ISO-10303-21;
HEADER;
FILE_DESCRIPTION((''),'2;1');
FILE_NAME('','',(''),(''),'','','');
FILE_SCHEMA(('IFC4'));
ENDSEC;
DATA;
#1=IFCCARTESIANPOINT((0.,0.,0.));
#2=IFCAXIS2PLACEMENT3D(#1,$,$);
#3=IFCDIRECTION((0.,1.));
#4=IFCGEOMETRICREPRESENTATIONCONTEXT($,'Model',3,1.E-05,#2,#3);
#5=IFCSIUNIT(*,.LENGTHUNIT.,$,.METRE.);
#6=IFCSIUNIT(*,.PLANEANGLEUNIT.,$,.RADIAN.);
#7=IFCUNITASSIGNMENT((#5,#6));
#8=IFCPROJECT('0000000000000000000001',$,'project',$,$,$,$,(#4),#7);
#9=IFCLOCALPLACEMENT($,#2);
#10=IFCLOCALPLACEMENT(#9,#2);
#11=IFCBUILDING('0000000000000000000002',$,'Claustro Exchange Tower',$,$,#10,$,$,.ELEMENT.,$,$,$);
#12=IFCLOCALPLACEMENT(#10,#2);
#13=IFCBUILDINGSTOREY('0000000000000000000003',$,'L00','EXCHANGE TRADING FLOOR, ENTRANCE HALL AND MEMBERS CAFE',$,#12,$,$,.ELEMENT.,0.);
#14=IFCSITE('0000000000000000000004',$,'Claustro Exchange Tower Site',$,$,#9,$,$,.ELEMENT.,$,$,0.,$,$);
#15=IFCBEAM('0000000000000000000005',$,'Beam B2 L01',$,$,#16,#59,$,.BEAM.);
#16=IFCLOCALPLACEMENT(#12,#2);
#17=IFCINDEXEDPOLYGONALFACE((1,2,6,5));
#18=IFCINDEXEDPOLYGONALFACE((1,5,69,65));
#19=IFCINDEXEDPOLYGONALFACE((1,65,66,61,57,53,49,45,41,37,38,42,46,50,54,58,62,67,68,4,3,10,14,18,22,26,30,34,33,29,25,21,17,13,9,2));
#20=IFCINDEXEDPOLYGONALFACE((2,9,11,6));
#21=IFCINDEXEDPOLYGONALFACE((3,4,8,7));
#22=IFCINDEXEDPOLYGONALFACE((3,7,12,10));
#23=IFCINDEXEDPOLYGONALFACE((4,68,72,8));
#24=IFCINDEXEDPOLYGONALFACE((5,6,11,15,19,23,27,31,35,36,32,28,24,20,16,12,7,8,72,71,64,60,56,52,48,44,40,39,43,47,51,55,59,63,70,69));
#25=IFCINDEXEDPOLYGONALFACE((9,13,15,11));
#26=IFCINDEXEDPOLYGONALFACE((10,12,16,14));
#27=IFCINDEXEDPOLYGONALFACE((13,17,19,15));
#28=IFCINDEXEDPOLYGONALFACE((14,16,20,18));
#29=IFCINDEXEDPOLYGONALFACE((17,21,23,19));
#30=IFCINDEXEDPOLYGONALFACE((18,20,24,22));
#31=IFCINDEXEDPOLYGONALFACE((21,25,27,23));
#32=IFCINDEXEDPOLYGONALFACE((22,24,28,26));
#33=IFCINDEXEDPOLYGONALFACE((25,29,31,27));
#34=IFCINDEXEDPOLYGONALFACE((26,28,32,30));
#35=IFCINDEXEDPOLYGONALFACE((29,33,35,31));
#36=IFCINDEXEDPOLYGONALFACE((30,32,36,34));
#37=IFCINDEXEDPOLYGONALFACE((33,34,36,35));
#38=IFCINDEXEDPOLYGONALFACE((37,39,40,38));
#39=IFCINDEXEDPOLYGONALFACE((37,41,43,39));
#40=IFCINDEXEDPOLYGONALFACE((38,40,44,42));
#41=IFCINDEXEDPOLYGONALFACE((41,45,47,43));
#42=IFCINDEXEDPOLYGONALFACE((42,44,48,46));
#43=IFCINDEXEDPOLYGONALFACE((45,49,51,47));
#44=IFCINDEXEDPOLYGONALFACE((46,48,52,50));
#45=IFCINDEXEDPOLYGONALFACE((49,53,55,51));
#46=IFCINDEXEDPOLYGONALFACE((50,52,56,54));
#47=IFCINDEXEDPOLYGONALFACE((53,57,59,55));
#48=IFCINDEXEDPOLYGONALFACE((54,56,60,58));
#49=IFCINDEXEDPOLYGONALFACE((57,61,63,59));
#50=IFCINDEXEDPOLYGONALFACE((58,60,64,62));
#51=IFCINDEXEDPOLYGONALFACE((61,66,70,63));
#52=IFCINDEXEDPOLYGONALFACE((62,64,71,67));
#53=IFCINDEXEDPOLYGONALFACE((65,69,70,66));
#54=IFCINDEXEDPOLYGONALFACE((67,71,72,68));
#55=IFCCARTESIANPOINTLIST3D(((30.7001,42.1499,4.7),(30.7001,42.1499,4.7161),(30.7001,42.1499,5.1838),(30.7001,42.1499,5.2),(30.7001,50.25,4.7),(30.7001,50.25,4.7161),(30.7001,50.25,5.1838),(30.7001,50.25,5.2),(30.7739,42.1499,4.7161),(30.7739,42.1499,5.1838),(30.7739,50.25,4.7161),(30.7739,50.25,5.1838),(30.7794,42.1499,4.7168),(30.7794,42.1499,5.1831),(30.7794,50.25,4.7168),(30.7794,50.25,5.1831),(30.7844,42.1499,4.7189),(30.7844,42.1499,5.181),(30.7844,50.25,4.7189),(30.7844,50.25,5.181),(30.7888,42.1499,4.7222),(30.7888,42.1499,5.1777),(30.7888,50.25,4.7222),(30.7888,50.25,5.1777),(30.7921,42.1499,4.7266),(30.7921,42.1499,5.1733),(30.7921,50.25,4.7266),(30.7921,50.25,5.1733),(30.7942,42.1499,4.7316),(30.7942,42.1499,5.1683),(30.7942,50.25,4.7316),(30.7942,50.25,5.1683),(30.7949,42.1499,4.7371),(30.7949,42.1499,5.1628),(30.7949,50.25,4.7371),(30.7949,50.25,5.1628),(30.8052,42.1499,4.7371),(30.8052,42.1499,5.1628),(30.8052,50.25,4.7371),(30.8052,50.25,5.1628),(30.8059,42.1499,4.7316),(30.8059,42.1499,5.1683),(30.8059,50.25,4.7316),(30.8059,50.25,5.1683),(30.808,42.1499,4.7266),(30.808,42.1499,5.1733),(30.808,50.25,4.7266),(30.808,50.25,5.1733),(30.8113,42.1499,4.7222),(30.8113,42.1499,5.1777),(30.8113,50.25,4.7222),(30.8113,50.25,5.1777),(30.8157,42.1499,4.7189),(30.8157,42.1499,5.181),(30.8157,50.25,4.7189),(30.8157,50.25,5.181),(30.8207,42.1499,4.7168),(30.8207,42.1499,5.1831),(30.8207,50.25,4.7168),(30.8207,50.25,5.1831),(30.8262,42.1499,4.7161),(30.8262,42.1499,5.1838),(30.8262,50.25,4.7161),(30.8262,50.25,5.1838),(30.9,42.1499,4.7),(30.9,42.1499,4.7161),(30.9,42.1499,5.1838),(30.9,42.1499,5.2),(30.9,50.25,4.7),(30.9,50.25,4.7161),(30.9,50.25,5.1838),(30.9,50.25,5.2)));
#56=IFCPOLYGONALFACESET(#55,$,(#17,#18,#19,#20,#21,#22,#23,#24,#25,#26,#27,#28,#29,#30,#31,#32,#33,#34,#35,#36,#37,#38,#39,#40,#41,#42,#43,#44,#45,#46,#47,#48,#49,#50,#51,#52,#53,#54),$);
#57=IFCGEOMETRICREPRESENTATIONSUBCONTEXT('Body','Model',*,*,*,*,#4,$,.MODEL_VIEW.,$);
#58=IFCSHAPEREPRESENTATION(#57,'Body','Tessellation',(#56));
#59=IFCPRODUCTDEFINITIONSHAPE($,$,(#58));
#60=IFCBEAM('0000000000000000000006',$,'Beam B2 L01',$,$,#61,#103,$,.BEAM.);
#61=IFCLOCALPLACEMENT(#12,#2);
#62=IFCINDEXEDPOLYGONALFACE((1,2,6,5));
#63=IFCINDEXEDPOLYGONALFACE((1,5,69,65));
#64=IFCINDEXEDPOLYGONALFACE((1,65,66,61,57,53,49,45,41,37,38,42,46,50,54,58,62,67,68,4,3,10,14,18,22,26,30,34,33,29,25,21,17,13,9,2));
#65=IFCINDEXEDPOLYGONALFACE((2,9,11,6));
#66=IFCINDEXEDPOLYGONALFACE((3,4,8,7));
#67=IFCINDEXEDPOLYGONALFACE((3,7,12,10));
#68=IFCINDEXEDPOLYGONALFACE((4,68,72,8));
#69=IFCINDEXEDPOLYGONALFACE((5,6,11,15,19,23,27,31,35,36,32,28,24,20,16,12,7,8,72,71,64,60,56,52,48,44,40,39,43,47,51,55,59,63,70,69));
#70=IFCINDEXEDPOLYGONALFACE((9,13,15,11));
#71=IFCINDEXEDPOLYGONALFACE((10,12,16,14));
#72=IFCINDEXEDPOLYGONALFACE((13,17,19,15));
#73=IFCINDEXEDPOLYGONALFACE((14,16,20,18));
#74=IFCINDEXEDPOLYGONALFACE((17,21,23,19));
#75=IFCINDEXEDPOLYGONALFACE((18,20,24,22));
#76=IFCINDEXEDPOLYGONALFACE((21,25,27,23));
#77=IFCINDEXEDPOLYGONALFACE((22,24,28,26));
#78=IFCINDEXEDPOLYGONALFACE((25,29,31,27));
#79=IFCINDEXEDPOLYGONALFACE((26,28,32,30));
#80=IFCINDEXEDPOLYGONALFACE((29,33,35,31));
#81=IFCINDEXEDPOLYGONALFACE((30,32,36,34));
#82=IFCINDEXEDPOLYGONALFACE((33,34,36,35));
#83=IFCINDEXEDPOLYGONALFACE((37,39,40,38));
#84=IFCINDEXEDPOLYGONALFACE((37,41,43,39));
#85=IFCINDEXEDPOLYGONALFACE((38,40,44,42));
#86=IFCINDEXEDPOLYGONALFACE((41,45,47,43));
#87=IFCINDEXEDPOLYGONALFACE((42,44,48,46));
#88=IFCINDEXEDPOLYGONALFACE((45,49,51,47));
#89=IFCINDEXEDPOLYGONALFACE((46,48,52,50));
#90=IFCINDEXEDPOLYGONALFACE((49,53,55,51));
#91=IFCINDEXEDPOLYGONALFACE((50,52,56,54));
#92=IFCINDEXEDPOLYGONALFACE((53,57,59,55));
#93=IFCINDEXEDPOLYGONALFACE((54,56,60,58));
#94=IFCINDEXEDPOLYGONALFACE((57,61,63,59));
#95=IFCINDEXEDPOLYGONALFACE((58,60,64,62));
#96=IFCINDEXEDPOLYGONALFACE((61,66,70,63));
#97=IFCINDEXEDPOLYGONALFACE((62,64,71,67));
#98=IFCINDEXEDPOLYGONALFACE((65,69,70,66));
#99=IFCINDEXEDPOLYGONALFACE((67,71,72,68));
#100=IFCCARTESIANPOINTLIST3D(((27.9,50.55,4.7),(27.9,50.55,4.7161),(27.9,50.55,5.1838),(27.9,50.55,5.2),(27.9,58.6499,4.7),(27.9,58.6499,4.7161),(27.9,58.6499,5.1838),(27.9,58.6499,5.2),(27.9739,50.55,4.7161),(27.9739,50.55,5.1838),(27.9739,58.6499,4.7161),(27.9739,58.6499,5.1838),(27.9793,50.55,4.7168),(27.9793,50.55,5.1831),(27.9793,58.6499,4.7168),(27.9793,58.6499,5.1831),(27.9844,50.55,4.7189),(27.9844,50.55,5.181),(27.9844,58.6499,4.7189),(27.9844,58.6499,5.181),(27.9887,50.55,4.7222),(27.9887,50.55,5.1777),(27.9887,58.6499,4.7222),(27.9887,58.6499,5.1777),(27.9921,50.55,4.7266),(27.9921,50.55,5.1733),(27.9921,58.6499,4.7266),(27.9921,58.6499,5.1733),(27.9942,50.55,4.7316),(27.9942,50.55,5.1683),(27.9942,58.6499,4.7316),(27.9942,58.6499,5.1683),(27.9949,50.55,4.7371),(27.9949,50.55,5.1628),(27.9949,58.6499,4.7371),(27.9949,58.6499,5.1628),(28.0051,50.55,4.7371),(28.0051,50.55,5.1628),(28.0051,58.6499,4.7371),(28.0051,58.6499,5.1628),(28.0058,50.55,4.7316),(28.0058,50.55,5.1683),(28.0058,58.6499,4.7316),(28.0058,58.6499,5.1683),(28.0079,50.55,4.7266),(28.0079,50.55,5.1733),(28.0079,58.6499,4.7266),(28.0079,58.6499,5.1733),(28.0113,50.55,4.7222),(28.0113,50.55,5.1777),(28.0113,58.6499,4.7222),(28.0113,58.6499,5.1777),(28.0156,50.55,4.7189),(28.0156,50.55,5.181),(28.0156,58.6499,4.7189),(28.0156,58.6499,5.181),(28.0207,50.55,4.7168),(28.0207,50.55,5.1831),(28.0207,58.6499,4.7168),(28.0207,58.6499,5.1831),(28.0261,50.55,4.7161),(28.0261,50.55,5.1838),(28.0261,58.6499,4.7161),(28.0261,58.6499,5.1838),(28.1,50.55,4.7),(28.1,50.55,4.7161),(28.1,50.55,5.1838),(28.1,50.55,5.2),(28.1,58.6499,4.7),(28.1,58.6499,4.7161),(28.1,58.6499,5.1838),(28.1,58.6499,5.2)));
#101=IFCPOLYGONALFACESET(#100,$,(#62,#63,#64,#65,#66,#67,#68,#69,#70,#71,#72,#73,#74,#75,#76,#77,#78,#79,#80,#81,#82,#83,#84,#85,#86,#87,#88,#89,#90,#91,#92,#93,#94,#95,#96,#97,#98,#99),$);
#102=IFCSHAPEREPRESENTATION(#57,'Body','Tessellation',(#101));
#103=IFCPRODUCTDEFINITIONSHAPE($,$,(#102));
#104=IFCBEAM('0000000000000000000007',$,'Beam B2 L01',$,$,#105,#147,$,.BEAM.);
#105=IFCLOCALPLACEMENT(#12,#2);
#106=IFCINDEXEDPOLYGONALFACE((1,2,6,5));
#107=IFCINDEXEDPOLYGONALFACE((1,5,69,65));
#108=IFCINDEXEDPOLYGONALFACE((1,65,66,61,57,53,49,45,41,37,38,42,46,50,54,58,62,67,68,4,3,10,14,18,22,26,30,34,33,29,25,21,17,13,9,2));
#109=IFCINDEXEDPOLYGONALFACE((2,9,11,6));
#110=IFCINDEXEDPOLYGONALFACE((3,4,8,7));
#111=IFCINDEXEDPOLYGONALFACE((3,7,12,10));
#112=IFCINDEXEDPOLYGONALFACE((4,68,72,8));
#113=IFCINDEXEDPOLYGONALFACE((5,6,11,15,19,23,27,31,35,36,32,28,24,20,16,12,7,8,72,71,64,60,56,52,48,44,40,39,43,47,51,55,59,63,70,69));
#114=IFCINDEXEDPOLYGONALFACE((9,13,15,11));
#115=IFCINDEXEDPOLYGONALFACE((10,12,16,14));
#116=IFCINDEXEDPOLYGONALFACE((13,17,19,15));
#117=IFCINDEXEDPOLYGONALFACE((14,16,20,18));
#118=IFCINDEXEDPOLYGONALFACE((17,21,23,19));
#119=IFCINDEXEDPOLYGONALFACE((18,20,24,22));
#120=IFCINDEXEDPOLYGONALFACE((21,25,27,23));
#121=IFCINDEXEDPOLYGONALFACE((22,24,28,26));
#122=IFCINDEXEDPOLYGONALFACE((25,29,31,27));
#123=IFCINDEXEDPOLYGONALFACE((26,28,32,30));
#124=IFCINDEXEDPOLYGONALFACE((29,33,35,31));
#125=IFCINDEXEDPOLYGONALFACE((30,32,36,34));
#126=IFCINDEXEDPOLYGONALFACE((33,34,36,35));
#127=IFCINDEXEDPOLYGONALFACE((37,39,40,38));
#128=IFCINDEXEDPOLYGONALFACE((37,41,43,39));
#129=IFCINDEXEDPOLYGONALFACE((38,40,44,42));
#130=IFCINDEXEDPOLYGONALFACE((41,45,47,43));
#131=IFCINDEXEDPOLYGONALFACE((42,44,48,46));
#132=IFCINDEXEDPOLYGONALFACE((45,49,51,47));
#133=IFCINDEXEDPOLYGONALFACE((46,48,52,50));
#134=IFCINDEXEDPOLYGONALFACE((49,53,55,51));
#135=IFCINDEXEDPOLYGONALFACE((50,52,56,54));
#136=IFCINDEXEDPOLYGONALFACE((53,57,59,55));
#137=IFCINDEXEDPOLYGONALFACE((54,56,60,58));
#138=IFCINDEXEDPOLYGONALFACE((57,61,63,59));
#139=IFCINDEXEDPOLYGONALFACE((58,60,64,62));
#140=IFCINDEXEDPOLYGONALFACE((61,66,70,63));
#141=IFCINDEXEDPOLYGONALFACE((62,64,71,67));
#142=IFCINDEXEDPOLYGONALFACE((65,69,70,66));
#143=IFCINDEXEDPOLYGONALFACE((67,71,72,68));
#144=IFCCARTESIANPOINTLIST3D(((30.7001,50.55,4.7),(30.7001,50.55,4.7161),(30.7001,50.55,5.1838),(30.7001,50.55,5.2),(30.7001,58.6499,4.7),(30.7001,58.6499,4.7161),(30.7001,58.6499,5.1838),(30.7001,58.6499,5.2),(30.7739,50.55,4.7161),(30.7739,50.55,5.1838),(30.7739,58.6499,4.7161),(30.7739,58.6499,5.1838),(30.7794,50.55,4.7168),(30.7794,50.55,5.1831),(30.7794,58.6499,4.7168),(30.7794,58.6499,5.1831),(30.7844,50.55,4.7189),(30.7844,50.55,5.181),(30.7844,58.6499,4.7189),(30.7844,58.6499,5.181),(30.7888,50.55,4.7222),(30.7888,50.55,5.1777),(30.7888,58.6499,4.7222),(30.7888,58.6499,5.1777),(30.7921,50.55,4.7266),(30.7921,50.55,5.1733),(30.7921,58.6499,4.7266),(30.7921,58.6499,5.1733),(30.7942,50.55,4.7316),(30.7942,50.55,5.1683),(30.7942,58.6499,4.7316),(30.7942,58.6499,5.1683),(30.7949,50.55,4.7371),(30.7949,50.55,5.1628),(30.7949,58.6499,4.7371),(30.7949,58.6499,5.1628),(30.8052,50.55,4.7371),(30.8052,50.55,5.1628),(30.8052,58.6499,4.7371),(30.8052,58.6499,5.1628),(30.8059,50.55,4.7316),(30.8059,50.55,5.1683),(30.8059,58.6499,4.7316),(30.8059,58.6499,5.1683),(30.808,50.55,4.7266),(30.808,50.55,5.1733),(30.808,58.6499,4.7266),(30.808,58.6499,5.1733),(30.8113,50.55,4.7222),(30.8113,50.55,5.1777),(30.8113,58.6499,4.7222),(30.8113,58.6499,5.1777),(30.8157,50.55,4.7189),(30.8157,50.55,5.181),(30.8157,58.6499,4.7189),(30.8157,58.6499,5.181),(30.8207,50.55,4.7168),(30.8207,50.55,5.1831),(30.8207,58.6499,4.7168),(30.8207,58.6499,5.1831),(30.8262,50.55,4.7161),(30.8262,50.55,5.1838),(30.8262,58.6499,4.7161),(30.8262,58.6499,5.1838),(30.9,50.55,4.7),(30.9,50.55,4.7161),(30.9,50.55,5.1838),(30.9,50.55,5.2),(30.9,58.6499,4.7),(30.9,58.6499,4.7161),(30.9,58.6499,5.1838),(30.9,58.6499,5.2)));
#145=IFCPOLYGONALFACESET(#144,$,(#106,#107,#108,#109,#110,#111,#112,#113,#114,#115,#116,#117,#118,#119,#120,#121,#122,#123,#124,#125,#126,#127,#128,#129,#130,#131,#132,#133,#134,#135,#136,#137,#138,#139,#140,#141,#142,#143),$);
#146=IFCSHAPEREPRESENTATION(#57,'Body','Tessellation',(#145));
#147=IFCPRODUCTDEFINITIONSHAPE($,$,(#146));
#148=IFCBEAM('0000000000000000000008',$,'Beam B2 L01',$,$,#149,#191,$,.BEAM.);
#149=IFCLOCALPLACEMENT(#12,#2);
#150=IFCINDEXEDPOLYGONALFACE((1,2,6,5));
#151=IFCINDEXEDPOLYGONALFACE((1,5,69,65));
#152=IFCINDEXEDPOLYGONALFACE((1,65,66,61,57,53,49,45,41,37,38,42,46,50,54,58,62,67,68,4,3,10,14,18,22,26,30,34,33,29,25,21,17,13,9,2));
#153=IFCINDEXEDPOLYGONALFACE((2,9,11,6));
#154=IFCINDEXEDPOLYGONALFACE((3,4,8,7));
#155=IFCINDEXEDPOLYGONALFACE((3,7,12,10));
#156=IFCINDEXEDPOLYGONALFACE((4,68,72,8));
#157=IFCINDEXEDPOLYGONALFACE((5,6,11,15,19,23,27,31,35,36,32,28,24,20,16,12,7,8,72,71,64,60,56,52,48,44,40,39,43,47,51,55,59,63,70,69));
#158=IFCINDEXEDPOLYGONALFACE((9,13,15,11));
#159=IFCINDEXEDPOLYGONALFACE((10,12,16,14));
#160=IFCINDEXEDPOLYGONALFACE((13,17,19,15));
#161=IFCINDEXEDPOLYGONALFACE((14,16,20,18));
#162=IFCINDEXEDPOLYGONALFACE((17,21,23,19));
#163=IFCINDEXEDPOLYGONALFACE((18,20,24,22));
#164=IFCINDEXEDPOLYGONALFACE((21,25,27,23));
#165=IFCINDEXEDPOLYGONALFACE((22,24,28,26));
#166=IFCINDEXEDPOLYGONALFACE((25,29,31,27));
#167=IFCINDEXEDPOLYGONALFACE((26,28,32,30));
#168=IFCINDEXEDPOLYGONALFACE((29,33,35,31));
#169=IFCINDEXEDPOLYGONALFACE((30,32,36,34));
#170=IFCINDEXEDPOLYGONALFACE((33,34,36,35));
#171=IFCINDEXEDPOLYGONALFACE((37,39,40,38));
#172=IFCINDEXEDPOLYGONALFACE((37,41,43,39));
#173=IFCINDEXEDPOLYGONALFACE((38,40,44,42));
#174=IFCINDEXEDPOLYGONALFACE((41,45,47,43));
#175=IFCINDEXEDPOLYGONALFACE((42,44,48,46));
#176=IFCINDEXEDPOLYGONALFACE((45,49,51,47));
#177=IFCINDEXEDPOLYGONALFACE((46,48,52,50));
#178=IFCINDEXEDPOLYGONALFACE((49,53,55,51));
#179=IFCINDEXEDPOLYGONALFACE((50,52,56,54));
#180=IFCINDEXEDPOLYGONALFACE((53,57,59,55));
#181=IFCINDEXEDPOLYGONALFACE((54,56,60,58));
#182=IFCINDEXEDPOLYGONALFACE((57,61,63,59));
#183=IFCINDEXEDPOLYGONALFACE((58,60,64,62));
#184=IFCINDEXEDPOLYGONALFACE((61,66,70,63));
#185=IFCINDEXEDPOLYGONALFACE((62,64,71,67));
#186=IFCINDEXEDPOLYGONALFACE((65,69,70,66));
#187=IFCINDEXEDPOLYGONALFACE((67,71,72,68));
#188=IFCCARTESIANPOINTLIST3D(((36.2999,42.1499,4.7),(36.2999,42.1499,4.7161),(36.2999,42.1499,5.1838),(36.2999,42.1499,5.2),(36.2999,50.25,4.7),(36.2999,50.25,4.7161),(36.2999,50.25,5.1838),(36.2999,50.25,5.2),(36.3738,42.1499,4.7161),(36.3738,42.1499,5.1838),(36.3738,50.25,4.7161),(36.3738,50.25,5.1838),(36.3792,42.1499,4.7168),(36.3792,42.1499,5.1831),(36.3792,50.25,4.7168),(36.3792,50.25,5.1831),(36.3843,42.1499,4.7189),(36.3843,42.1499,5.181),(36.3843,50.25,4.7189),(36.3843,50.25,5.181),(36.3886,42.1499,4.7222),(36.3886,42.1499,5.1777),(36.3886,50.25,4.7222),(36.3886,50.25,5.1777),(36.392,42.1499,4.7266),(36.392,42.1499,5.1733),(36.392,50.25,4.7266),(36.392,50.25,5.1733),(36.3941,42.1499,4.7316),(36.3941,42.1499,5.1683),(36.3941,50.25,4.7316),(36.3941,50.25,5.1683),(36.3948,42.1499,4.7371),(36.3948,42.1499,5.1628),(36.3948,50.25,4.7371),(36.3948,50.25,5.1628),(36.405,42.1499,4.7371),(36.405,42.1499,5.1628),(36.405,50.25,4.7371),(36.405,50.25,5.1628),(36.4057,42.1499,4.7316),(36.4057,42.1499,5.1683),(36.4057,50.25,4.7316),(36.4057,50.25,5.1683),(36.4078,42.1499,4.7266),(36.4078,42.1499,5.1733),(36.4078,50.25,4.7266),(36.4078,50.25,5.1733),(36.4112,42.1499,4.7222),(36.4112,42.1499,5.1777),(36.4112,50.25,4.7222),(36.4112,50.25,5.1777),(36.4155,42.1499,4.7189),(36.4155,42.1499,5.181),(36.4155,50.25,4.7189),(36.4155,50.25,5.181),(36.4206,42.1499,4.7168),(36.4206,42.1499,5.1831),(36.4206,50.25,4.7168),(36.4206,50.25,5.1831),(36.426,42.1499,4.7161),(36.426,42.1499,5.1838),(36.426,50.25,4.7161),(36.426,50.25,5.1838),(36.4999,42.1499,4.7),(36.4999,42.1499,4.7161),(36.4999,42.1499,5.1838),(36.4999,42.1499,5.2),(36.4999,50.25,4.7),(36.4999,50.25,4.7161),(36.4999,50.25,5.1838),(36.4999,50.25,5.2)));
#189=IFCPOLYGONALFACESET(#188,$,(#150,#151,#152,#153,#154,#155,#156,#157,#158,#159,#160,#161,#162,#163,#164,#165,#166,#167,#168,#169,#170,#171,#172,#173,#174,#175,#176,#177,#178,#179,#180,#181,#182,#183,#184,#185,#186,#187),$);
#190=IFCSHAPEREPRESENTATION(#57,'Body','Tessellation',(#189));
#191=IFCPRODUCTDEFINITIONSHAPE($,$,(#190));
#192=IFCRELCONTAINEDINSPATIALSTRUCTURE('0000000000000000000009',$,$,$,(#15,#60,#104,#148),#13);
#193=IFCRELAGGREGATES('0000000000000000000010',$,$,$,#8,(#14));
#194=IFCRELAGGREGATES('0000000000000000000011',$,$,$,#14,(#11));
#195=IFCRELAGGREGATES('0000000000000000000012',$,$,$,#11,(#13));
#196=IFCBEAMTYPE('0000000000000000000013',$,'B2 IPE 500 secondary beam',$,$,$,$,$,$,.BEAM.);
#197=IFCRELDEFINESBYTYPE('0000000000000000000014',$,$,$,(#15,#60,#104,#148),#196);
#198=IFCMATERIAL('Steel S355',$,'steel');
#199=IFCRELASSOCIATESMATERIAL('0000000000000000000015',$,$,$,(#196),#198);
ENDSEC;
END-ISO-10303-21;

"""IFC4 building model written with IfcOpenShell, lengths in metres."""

from ifc_helpers import new_model, si_unit, direction, frame, origin, origin_2d, place, context, subcontext, project, spatial, i_section, extrude, material, material_profile, profile_set, type_object, element, save


model = new_model("IFC4")

# Units and contexts
model_context = context("Model", 3, precision=1e-05, world=origin(), true_north=direction((0.0, 1.0)))
body_context = subcontext(model_context, "Body", "Model", "MODEL_VIEW")
ifc_project = project(units=[si_unit("LENGTHUNIT", "METRE"), si_unit("PLANEANGLEUNIT", "RADIAN")], contexts=[model_context])

# Site, building, storey
site_placement = place(None, origin())
site = spatial("IfcSite", under=ifc_project, at=site_placement, Name="Claustro Exchange Tower Site", CompositionType="ELEMENT", RefElevation=0.0)
building_placement = place(site_placement, origin())
building = spatial("IfcBuilding", under=site, at=building_placement, Name="Claustro Exchange Tower", CompositionType="ELEMENT")
storey_placement = place(building_placement, origin())
storey = spatial("IfcBuildingStorey", under=building, at=storey_placement, Name="L00", Description="EXCHANGE TRADING FLOOR, ENTRANCE HALL AND MEMBERS CAFE", CompositionType="ELEMENT", Elevation=0.0)

# Beams
ifc_material_1 = material(Name="Steel S355", Category="steel")
ifc_material_profile_1 = material_profile(ifc_material_1, i_section(OverallWidth=0.2, OverallDepth=0.5, WebThickness=0.0103, FlangeThickness=0.0161, FilletRadius=0.021, at=origin_2d()), Name="IPE 500")
ifc_profile_set_1 = profile_set([ifc_material_profile_1], Name="Steel S355")
beam_type_1 = type_object("IfcBeamType", Name="B2 IPE 500 secondary beam", PredefinedType="BEAM", material=ifc_profile_set_1)
for number, where, z_axis, x_axis, name in (
    (1, (30.8, 42.1499, 4.95), (0.0, 1.0, 0.0), (-1.0, 0.0, 0.0), "Beam B2 L01"),
):
    element("IfcBeam", number, at=place(storey_placement, frame(where, z_axis=z_axis, x_axis=x_axis)), inside=storey, type_object=beam_type_1, Name=name, PredefinedType="BEAM", context=body_context, shape_type="SweptSolid", body=[
        extrude(i_section(OverallWidth=0.2, OverallDepth=0.5, WebThickness=0.0103, FlangeThickness=0.0161, FilletRadius=0.021, at=origin_2d()), origin(), (0.0, 0.0, 1.0), 8.1001),
    ])
for number, where, z_axis, x_axis, name in (
    (2, (28.0, 50.55, 4.95), (0.0, 1.0, 0.0), (-1.0, 0.0, 0.0), "Beam B2 L01"),
    (3, (30.8, 50.55, 4.95), (0.0, 1.0, 0.0), (-1.0, 0.0, 0.0), "Beam B2 L01"),
):
    element("IfcBeam", number, at=place(storey_placement, frame(where, z_axis=z_axis, x_axis=x_axis)), inside=storey, type_object=beam_type_1, Name=name, PredefinedType="BEAM", context=body_context, shape_type="SweptSolid", body=[
        extrude(i_section(OverallWidth=0.2, OverallDepth=0.5, WebThickness=0.0103, FlangeThickness=0.0161, FilletRadius=0.021, at=origin_2d()), origin(), (0.0, 0.0, 1.0), 8.0999),
    ])
for number, where, z_axis, x_axis, name in (
    (4, (36.3999, 42.1499, 4.95), (0.0, 1.0, 0.0), (-1.0, 0.0, 0.0), "Beam B2 L01"),
):
    element("IfcBeam", number, at=place(storey_placement, frame(where, z_axis=z_axis, x_axis=x_axis)), inside=storey, type_object=beam_type_1, Name=name, PredefinedType="BEAM", context=body_context, shape_type="SweptSolid", body=[
        extrude(i_section(OverallWidth=0.2, OverallDepth=0.5, WebThickness=0.0103, FlangeThickness=0.0161, FilletRadius=0.021, at=origin_2d()), origin(), (0.0, 0.0, 1.0), 8.1001),
    ])

save(model, "model.ifc")
